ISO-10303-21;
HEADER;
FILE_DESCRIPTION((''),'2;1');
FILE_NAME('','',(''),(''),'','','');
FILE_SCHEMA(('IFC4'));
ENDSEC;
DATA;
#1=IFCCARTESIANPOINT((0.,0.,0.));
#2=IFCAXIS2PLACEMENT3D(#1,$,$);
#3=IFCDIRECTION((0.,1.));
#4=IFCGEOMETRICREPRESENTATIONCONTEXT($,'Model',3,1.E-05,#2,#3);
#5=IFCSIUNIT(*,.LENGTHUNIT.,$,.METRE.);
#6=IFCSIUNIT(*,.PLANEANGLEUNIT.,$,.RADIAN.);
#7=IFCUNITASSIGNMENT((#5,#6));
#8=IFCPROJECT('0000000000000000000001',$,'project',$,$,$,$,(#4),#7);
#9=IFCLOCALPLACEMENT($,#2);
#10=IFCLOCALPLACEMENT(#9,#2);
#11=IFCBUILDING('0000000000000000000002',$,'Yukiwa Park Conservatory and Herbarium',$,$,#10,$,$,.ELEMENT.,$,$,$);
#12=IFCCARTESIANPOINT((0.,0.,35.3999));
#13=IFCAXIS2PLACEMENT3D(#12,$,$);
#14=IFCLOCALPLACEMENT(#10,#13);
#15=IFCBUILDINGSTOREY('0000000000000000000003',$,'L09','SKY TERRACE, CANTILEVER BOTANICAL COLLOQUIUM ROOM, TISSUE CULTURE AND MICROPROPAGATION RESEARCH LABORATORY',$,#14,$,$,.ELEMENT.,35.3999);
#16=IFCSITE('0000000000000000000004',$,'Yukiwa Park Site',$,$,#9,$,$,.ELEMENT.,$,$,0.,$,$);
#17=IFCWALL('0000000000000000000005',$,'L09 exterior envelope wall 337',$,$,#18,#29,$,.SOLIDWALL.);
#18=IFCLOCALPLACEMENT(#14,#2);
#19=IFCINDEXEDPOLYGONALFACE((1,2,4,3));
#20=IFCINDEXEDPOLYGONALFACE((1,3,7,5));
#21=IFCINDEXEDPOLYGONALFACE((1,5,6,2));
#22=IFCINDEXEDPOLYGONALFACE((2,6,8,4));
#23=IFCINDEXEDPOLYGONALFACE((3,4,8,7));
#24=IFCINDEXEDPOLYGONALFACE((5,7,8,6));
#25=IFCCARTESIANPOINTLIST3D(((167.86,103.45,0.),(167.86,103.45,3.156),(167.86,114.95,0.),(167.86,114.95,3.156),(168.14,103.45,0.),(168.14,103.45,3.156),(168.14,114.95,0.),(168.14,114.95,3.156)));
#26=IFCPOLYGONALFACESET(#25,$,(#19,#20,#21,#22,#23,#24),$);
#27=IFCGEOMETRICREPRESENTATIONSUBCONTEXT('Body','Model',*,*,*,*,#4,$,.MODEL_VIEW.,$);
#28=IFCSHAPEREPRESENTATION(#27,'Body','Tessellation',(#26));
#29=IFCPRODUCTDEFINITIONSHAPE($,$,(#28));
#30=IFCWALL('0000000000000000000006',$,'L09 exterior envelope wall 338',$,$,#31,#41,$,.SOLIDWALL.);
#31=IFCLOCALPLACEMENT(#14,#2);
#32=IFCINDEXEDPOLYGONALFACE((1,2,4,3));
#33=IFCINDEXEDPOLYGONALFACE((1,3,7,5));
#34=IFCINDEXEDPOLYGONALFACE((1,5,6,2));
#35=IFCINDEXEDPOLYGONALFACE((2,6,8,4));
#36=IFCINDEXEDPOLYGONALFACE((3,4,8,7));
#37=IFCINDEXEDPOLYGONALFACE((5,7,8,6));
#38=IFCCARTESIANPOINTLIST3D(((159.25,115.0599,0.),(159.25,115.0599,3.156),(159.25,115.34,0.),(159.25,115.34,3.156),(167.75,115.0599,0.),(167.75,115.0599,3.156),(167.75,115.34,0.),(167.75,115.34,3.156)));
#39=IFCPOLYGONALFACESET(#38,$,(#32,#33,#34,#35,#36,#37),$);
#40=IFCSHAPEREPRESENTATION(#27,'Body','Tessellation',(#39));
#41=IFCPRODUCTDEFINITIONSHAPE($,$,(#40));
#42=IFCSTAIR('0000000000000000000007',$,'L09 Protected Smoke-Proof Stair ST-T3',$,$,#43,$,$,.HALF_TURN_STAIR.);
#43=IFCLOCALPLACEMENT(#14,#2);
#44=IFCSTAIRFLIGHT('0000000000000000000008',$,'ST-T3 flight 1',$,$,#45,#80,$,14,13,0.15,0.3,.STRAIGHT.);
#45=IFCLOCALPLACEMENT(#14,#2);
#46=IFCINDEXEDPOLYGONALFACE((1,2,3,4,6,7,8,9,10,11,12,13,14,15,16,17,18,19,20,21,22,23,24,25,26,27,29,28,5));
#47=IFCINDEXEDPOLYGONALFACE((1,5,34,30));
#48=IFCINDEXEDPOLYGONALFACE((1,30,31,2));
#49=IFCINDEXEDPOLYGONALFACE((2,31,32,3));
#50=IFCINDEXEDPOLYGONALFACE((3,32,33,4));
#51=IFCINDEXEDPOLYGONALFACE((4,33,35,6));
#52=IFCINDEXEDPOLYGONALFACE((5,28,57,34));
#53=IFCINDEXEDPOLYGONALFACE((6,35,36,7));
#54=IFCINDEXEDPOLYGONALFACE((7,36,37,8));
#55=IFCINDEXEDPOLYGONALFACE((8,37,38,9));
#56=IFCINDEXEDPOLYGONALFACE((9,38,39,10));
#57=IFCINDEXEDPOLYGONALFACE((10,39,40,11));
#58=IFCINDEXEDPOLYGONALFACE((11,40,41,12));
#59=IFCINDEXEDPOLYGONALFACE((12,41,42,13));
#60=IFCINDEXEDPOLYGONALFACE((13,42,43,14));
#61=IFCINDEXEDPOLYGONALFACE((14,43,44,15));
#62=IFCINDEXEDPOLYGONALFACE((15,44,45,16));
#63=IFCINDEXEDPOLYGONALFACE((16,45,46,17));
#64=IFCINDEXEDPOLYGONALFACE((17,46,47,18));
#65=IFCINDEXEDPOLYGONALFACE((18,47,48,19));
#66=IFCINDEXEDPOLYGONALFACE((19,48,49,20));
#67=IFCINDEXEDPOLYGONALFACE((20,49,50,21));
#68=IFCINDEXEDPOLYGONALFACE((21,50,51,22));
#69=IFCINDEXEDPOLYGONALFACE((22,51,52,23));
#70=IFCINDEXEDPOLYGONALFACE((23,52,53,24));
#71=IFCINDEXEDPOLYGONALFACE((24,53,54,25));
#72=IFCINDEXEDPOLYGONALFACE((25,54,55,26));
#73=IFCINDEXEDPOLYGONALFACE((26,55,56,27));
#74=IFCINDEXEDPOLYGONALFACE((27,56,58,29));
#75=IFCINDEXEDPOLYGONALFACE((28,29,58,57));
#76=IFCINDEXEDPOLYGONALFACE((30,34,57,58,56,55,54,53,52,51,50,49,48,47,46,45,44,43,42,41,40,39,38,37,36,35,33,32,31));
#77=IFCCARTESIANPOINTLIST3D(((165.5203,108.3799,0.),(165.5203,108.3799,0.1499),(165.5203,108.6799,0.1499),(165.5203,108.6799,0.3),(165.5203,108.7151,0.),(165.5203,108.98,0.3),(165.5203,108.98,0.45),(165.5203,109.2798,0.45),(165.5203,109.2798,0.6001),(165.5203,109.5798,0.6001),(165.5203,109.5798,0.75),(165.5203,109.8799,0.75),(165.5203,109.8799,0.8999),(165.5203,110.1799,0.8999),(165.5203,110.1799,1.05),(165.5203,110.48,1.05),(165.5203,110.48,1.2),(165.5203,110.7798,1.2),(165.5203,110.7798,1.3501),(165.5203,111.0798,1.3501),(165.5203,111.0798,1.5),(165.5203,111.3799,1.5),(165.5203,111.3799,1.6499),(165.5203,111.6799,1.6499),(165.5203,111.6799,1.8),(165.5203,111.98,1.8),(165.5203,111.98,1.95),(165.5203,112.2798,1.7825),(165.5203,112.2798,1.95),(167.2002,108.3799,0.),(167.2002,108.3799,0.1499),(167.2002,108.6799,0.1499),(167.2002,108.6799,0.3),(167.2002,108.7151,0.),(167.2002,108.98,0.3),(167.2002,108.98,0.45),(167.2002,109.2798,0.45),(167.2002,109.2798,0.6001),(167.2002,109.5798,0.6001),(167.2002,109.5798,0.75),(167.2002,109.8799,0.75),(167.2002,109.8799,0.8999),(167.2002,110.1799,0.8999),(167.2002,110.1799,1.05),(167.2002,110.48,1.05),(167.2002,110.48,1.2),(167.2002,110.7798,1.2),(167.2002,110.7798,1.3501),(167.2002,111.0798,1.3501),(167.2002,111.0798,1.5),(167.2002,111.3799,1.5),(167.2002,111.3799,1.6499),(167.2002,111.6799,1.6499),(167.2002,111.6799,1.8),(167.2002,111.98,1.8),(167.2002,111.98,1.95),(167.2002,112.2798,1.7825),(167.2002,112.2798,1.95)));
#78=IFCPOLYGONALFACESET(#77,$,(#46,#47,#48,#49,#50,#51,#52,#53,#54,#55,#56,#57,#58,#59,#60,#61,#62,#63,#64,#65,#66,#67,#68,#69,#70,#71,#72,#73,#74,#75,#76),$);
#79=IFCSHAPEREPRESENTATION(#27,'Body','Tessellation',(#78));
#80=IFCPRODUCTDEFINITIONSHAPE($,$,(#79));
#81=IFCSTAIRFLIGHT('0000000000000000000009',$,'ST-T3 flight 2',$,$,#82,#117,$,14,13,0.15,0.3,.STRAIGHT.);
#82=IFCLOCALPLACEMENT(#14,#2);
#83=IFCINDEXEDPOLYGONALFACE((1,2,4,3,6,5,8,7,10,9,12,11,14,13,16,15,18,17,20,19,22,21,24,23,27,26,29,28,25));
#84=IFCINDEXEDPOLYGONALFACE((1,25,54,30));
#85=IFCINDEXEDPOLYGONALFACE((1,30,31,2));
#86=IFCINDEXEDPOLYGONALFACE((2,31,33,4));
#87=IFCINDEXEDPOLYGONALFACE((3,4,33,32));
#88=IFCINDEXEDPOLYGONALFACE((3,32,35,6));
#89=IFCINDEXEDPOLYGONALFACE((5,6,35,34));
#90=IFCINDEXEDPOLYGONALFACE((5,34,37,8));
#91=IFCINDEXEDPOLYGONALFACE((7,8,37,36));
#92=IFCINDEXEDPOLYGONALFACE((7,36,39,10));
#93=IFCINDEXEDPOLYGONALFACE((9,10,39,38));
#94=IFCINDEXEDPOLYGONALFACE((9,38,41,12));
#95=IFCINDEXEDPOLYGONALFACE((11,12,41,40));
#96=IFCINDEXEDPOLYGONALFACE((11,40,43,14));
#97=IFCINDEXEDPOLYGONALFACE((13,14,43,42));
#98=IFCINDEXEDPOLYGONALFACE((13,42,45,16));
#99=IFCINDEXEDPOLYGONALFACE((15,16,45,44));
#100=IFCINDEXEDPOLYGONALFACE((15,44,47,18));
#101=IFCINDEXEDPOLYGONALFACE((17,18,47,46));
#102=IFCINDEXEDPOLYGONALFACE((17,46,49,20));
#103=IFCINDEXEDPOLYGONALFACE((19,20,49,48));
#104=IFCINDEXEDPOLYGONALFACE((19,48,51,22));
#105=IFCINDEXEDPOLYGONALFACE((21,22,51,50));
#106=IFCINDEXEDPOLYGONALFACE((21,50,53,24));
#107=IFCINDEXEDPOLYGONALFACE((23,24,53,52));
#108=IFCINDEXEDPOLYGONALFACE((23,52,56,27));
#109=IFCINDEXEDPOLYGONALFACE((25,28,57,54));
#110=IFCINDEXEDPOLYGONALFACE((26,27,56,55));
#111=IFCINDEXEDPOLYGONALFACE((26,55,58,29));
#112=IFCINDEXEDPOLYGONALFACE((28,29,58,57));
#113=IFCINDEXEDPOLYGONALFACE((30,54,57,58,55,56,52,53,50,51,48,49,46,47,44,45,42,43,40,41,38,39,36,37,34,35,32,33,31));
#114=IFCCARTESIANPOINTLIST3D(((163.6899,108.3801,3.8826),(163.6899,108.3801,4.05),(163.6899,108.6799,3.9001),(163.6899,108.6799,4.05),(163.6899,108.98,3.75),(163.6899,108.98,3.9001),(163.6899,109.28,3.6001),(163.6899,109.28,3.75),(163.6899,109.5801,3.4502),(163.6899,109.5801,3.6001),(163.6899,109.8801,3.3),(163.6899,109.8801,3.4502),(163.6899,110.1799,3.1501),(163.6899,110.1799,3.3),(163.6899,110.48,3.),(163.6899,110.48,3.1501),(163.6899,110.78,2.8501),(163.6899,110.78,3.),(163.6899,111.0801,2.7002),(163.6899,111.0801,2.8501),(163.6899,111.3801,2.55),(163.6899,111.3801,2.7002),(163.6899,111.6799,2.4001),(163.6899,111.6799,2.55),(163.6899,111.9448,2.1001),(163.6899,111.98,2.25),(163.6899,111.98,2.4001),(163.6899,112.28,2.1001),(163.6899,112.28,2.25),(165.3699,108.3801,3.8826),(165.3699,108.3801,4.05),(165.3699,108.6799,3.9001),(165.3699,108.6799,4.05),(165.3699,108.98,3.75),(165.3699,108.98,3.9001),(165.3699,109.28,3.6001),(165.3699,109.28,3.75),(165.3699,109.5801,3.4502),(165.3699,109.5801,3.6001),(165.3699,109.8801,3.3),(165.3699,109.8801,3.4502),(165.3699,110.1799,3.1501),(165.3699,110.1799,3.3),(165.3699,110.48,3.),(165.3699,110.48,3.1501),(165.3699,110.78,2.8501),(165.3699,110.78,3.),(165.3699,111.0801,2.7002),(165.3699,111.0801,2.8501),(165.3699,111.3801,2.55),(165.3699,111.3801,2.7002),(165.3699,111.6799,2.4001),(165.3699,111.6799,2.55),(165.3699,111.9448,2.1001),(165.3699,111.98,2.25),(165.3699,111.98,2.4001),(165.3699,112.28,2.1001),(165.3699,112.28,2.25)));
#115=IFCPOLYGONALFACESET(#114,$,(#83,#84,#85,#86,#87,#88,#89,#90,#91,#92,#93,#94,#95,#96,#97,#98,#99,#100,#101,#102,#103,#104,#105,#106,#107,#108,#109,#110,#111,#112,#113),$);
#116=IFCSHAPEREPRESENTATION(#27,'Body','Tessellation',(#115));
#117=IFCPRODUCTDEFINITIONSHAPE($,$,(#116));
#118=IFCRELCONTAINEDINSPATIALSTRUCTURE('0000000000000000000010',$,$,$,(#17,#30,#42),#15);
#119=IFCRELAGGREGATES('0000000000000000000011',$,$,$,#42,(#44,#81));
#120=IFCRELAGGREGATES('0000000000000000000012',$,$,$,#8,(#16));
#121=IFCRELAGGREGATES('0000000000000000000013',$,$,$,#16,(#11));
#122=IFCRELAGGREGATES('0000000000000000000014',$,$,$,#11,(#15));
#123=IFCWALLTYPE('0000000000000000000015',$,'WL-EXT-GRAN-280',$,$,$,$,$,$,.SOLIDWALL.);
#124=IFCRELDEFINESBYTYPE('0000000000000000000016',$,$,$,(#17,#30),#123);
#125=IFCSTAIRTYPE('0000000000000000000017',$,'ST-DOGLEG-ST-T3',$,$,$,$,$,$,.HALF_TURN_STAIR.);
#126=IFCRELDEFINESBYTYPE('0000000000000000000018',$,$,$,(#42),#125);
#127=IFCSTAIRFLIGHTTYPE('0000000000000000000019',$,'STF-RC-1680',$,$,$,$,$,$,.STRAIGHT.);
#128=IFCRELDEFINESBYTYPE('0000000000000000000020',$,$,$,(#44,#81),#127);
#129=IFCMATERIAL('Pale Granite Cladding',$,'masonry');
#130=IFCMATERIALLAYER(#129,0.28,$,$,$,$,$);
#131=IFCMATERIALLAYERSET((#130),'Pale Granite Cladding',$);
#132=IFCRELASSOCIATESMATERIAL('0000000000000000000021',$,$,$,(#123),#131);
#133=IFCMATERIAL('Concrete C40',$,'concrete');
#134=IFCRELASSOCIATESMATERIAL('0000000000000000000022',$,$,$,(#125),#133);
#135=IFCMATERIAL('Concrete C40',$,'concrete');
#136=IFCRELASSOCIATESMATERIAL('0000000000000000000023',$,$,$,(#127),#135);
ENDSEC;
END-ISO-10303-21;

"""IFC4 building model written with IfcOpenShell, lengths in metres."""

from ifc_helpers import new_model, si_unit, direction, frame, frame_2d, origin, place, context, subcontext, project, spatial, polyline, rectangle, outline, extrude, material, layer, layer_set, type_object, element, aggregate, save


model = new_model("IFC4")

# Units and contexts
model_context = context("Model", 3, precision=1e-05, world=origin(), true_north=direction((0.0, 1.0)))
body_context = subcontext(model_context, "Body", "Model", "MODEL_VIEW")
ifc_project = project(units=[si_unit("LENGTHUNIT", "METRE"), si_unit("PLANEANGLEUNIT", "RADIAN")], contexts=[model_context])

# Site, building, storey
site_placement = place(None, origin())
site = spatial("IfcSite", under=ifc_project, at=site_placement, Name="Yukiwa Park Site", CompositionType="ELEMENT", RefElevation=0.0)
building_placement = place(site_placement, origin())
building = spatial("IfcBuilding", under=site, at=building_placement, Name="Yukiwa Park Conservatory and Herbarium", CompositionType="ELEMENT")
storey_placement = place(building_placement, frame((0.0, 0.0, 35.3999)))
storey = spatial("IfcBuildingStorey", under=building, at=storey_placement, Name="L09", Description="SKY TERRACE, CANTILEVER BOTANICAL COLLOQUIUM ROOM, TISSUE CULTURE AND MICROPROPAGATION RESEARCH LABORATORY", CompositionType="ELEMENT", Elevation=35.3999)

# Walls
ifc_material_1 = material(Name="Pale Granite Cladding", Category="masonry")
ifc_layer_1 = layer(ifc_material_1, 0.28)
ifc_layer_set_1 = layer_set([ifc_layer_1], Name="Pale Granite Cladding")
wall_type_1 = type_object("IfcWallType", Name="WL-EXT-GRAN-280", PredefinedType="SOLIDWALL", material=ifc_layer_set_1)
wall_1_placement = place(storey_placement, frame((168.0, 103.45, 0.0), z_axis=(0.0, 0.0, 1.0), x_axis=(0.0, 1.0, 0.0)))
element("IfcWall", 1, at=wall_1_placement, inside=storey, type_object=wall_type_1, Name="L09 exterior envelope wall 337", PredefinedType="SOLIDWALL", context=body_context, shape_type="SweptSolid", body=[
    extrude(rectangle(XDim=11.5, YDim=0.28, at=frame_2d((5.75, 0.0))), origin(), (0.0, 0.0, 1.0), 3.156),
])
wall_2_placement = place(storey_placement, frame((167.75, 115.2, 0.0), z_axis=(0.0, 0.0, 1.0), x_axis=(-1.0, 0.0, 0.0)))
element("IfcWall", 2, at=wall_2_placement, inside=storey, type_object=wall_type_1, Name="L09 exterior envelope wall 338", PredefinedType="SOLIDWALL", context=body_context, shape_type="SweptSolid", body=[
    extrude(rectangle(XDim=8.5, YDim=0.28, at=frame_2d((4.25, 0.0))), origin(), (0.0, 0.0, 1.0), 3.156),
])

# Stair, stair flights
ifc_material_2 = material(Name="Concrete C40", Category="concrete")
stair_type = type_object("IfcStairType", Name="ST-DOGLEG-ST-T3", PredefinedType="HALF_TURN_STAIR", material=ifc_material_2)
stair_placement = place(storey_placement, origin())
stair = element("IfcStair", 3, at=stair_placement, inside=storey, type_object=stair_type, Name="L09 Protected Smoke-Proof Stair ST-T3", PredefinedType="HALF_TURN_STAIR")
ifc_material_3 = material(Name="Concrete C40", Category="concrete")
stair_flight_type = type_object("IfcStairFlightType", Name="STF-RC-1680", PredefinedType="STRAIGHT", material=ifc_material_3)
stair_flight_1_placement = place(storey_placement, frame((166.3601, 108.3799, 0.0), z_axis=(0.0, 0.0, 1.0), x_axis=(0.0, 1.0, 0.0)))
stair_flight_1 = element("IfcStairFlight", 4, at=stair_flight_1_placement, type_object=stair_flight_type, Name="ST-T3 flight 1", NumberOfRisers=14, NumberOfTreads=13, PredefinedType="STRAIGHT", RiserHeight=0.15, TreadLength=0.3, context=body_context, shape_type="SweptSolid", body=[
    extrude(outline(polyline([(0.0, 0.0), (0.0, 0.1499), (0.3, 0.1499), (0.3, 0.3), (0.6001, 0.3), (0.6001, 0.45), (0.8999, 0.45), (0.8999, 0.6001), (1.2, 0.6001), (1.2, 0.75), (1.5, 0.75), (1.5, 0.8999), (1.8, 0.8999), (1.8, 1.05), (2.1001, 1.05), (2.1001, 1.2), (2.3999, 1.2), (2.3999, 1.3501), (2.7, 1.3501), (2.7, 1.5), (3.0, 1.5), (3.0, 1.6499), (3.3, 1.6499), (3.3, 1.8), (3.6001, 1.8), (3.6001, 1.95), (3.8999, 1.95), (3.8999, 2.1001), (3.8999, 1.7825), (0.3352, 0.0), (0.0, 0.0)])), frame((0.0, 0.8398, 0.0), z_axis=(0.0, -1.0, 0.0), x_axis=(1.0, 0.0, 0.0)), (0.0, 0.0, 1.0), 1.6799),
])
stair_flight_2_placement = place(storey_placement, frame((164.53, 112.28, 2.1001), z_axis=(0.0, 0.0, 1.0), x_axis=(0.0, -1.0, 0.0)))
stair_flight_2 = element("IfcStairFlight", 5, at=stair_flight_2_placement, type_object=stair_flight_type, Name="ST-T3 flight 2", NumberOfRisers=14, NumberOfTreads=13, PredefinedType="STRAIGHT", RiserHeight=0.15, TreadLength=0.3, context=body_context, shape_type="SweptSolid", body=[
    extrude(outline(polyline([(0.0, 0.0), (0.0, 0.1499), (0.3, 0.1499), (0.3, 0.3), (0.6001, 0.3), (0.6001, 0.45), (0.8999, 0.45), (0.8999, 0.6001), (1.2, 0.6001), (1.2, 0.75), (1.5, 0.75), (1.5, 0.8999), (1.8, 0.8999), (1.8, 1.05), (2.1001, 1.05), (2.1001, 1.2), (2.3999, 1.2), (2.3999, 1.3501), (2.7, 1.3501), (2.7, 1.5), (3.0, 1.5), (3.0, 1.6499), (3.3, 1.6499), (3.3, 1.8), (3.6001, 1.8), (3.6001, 1.95), (3.8999, 1.95), (3.8999, 2.1001), (3.8999, 1.7825), (0.3352, 0.0), (0.0, 0.0)])), frame((0.0, 0.8398, 0.0), z_axis=(0.0, -1.0, 0.0), x_axis=(1.0, 0.0, 0.0)), (0.0, 0.0, 1.0), 1.6799),
])
aggregate(stair, [stair_flight_1, stair_flight_2])

save(model, "model.ifc")
